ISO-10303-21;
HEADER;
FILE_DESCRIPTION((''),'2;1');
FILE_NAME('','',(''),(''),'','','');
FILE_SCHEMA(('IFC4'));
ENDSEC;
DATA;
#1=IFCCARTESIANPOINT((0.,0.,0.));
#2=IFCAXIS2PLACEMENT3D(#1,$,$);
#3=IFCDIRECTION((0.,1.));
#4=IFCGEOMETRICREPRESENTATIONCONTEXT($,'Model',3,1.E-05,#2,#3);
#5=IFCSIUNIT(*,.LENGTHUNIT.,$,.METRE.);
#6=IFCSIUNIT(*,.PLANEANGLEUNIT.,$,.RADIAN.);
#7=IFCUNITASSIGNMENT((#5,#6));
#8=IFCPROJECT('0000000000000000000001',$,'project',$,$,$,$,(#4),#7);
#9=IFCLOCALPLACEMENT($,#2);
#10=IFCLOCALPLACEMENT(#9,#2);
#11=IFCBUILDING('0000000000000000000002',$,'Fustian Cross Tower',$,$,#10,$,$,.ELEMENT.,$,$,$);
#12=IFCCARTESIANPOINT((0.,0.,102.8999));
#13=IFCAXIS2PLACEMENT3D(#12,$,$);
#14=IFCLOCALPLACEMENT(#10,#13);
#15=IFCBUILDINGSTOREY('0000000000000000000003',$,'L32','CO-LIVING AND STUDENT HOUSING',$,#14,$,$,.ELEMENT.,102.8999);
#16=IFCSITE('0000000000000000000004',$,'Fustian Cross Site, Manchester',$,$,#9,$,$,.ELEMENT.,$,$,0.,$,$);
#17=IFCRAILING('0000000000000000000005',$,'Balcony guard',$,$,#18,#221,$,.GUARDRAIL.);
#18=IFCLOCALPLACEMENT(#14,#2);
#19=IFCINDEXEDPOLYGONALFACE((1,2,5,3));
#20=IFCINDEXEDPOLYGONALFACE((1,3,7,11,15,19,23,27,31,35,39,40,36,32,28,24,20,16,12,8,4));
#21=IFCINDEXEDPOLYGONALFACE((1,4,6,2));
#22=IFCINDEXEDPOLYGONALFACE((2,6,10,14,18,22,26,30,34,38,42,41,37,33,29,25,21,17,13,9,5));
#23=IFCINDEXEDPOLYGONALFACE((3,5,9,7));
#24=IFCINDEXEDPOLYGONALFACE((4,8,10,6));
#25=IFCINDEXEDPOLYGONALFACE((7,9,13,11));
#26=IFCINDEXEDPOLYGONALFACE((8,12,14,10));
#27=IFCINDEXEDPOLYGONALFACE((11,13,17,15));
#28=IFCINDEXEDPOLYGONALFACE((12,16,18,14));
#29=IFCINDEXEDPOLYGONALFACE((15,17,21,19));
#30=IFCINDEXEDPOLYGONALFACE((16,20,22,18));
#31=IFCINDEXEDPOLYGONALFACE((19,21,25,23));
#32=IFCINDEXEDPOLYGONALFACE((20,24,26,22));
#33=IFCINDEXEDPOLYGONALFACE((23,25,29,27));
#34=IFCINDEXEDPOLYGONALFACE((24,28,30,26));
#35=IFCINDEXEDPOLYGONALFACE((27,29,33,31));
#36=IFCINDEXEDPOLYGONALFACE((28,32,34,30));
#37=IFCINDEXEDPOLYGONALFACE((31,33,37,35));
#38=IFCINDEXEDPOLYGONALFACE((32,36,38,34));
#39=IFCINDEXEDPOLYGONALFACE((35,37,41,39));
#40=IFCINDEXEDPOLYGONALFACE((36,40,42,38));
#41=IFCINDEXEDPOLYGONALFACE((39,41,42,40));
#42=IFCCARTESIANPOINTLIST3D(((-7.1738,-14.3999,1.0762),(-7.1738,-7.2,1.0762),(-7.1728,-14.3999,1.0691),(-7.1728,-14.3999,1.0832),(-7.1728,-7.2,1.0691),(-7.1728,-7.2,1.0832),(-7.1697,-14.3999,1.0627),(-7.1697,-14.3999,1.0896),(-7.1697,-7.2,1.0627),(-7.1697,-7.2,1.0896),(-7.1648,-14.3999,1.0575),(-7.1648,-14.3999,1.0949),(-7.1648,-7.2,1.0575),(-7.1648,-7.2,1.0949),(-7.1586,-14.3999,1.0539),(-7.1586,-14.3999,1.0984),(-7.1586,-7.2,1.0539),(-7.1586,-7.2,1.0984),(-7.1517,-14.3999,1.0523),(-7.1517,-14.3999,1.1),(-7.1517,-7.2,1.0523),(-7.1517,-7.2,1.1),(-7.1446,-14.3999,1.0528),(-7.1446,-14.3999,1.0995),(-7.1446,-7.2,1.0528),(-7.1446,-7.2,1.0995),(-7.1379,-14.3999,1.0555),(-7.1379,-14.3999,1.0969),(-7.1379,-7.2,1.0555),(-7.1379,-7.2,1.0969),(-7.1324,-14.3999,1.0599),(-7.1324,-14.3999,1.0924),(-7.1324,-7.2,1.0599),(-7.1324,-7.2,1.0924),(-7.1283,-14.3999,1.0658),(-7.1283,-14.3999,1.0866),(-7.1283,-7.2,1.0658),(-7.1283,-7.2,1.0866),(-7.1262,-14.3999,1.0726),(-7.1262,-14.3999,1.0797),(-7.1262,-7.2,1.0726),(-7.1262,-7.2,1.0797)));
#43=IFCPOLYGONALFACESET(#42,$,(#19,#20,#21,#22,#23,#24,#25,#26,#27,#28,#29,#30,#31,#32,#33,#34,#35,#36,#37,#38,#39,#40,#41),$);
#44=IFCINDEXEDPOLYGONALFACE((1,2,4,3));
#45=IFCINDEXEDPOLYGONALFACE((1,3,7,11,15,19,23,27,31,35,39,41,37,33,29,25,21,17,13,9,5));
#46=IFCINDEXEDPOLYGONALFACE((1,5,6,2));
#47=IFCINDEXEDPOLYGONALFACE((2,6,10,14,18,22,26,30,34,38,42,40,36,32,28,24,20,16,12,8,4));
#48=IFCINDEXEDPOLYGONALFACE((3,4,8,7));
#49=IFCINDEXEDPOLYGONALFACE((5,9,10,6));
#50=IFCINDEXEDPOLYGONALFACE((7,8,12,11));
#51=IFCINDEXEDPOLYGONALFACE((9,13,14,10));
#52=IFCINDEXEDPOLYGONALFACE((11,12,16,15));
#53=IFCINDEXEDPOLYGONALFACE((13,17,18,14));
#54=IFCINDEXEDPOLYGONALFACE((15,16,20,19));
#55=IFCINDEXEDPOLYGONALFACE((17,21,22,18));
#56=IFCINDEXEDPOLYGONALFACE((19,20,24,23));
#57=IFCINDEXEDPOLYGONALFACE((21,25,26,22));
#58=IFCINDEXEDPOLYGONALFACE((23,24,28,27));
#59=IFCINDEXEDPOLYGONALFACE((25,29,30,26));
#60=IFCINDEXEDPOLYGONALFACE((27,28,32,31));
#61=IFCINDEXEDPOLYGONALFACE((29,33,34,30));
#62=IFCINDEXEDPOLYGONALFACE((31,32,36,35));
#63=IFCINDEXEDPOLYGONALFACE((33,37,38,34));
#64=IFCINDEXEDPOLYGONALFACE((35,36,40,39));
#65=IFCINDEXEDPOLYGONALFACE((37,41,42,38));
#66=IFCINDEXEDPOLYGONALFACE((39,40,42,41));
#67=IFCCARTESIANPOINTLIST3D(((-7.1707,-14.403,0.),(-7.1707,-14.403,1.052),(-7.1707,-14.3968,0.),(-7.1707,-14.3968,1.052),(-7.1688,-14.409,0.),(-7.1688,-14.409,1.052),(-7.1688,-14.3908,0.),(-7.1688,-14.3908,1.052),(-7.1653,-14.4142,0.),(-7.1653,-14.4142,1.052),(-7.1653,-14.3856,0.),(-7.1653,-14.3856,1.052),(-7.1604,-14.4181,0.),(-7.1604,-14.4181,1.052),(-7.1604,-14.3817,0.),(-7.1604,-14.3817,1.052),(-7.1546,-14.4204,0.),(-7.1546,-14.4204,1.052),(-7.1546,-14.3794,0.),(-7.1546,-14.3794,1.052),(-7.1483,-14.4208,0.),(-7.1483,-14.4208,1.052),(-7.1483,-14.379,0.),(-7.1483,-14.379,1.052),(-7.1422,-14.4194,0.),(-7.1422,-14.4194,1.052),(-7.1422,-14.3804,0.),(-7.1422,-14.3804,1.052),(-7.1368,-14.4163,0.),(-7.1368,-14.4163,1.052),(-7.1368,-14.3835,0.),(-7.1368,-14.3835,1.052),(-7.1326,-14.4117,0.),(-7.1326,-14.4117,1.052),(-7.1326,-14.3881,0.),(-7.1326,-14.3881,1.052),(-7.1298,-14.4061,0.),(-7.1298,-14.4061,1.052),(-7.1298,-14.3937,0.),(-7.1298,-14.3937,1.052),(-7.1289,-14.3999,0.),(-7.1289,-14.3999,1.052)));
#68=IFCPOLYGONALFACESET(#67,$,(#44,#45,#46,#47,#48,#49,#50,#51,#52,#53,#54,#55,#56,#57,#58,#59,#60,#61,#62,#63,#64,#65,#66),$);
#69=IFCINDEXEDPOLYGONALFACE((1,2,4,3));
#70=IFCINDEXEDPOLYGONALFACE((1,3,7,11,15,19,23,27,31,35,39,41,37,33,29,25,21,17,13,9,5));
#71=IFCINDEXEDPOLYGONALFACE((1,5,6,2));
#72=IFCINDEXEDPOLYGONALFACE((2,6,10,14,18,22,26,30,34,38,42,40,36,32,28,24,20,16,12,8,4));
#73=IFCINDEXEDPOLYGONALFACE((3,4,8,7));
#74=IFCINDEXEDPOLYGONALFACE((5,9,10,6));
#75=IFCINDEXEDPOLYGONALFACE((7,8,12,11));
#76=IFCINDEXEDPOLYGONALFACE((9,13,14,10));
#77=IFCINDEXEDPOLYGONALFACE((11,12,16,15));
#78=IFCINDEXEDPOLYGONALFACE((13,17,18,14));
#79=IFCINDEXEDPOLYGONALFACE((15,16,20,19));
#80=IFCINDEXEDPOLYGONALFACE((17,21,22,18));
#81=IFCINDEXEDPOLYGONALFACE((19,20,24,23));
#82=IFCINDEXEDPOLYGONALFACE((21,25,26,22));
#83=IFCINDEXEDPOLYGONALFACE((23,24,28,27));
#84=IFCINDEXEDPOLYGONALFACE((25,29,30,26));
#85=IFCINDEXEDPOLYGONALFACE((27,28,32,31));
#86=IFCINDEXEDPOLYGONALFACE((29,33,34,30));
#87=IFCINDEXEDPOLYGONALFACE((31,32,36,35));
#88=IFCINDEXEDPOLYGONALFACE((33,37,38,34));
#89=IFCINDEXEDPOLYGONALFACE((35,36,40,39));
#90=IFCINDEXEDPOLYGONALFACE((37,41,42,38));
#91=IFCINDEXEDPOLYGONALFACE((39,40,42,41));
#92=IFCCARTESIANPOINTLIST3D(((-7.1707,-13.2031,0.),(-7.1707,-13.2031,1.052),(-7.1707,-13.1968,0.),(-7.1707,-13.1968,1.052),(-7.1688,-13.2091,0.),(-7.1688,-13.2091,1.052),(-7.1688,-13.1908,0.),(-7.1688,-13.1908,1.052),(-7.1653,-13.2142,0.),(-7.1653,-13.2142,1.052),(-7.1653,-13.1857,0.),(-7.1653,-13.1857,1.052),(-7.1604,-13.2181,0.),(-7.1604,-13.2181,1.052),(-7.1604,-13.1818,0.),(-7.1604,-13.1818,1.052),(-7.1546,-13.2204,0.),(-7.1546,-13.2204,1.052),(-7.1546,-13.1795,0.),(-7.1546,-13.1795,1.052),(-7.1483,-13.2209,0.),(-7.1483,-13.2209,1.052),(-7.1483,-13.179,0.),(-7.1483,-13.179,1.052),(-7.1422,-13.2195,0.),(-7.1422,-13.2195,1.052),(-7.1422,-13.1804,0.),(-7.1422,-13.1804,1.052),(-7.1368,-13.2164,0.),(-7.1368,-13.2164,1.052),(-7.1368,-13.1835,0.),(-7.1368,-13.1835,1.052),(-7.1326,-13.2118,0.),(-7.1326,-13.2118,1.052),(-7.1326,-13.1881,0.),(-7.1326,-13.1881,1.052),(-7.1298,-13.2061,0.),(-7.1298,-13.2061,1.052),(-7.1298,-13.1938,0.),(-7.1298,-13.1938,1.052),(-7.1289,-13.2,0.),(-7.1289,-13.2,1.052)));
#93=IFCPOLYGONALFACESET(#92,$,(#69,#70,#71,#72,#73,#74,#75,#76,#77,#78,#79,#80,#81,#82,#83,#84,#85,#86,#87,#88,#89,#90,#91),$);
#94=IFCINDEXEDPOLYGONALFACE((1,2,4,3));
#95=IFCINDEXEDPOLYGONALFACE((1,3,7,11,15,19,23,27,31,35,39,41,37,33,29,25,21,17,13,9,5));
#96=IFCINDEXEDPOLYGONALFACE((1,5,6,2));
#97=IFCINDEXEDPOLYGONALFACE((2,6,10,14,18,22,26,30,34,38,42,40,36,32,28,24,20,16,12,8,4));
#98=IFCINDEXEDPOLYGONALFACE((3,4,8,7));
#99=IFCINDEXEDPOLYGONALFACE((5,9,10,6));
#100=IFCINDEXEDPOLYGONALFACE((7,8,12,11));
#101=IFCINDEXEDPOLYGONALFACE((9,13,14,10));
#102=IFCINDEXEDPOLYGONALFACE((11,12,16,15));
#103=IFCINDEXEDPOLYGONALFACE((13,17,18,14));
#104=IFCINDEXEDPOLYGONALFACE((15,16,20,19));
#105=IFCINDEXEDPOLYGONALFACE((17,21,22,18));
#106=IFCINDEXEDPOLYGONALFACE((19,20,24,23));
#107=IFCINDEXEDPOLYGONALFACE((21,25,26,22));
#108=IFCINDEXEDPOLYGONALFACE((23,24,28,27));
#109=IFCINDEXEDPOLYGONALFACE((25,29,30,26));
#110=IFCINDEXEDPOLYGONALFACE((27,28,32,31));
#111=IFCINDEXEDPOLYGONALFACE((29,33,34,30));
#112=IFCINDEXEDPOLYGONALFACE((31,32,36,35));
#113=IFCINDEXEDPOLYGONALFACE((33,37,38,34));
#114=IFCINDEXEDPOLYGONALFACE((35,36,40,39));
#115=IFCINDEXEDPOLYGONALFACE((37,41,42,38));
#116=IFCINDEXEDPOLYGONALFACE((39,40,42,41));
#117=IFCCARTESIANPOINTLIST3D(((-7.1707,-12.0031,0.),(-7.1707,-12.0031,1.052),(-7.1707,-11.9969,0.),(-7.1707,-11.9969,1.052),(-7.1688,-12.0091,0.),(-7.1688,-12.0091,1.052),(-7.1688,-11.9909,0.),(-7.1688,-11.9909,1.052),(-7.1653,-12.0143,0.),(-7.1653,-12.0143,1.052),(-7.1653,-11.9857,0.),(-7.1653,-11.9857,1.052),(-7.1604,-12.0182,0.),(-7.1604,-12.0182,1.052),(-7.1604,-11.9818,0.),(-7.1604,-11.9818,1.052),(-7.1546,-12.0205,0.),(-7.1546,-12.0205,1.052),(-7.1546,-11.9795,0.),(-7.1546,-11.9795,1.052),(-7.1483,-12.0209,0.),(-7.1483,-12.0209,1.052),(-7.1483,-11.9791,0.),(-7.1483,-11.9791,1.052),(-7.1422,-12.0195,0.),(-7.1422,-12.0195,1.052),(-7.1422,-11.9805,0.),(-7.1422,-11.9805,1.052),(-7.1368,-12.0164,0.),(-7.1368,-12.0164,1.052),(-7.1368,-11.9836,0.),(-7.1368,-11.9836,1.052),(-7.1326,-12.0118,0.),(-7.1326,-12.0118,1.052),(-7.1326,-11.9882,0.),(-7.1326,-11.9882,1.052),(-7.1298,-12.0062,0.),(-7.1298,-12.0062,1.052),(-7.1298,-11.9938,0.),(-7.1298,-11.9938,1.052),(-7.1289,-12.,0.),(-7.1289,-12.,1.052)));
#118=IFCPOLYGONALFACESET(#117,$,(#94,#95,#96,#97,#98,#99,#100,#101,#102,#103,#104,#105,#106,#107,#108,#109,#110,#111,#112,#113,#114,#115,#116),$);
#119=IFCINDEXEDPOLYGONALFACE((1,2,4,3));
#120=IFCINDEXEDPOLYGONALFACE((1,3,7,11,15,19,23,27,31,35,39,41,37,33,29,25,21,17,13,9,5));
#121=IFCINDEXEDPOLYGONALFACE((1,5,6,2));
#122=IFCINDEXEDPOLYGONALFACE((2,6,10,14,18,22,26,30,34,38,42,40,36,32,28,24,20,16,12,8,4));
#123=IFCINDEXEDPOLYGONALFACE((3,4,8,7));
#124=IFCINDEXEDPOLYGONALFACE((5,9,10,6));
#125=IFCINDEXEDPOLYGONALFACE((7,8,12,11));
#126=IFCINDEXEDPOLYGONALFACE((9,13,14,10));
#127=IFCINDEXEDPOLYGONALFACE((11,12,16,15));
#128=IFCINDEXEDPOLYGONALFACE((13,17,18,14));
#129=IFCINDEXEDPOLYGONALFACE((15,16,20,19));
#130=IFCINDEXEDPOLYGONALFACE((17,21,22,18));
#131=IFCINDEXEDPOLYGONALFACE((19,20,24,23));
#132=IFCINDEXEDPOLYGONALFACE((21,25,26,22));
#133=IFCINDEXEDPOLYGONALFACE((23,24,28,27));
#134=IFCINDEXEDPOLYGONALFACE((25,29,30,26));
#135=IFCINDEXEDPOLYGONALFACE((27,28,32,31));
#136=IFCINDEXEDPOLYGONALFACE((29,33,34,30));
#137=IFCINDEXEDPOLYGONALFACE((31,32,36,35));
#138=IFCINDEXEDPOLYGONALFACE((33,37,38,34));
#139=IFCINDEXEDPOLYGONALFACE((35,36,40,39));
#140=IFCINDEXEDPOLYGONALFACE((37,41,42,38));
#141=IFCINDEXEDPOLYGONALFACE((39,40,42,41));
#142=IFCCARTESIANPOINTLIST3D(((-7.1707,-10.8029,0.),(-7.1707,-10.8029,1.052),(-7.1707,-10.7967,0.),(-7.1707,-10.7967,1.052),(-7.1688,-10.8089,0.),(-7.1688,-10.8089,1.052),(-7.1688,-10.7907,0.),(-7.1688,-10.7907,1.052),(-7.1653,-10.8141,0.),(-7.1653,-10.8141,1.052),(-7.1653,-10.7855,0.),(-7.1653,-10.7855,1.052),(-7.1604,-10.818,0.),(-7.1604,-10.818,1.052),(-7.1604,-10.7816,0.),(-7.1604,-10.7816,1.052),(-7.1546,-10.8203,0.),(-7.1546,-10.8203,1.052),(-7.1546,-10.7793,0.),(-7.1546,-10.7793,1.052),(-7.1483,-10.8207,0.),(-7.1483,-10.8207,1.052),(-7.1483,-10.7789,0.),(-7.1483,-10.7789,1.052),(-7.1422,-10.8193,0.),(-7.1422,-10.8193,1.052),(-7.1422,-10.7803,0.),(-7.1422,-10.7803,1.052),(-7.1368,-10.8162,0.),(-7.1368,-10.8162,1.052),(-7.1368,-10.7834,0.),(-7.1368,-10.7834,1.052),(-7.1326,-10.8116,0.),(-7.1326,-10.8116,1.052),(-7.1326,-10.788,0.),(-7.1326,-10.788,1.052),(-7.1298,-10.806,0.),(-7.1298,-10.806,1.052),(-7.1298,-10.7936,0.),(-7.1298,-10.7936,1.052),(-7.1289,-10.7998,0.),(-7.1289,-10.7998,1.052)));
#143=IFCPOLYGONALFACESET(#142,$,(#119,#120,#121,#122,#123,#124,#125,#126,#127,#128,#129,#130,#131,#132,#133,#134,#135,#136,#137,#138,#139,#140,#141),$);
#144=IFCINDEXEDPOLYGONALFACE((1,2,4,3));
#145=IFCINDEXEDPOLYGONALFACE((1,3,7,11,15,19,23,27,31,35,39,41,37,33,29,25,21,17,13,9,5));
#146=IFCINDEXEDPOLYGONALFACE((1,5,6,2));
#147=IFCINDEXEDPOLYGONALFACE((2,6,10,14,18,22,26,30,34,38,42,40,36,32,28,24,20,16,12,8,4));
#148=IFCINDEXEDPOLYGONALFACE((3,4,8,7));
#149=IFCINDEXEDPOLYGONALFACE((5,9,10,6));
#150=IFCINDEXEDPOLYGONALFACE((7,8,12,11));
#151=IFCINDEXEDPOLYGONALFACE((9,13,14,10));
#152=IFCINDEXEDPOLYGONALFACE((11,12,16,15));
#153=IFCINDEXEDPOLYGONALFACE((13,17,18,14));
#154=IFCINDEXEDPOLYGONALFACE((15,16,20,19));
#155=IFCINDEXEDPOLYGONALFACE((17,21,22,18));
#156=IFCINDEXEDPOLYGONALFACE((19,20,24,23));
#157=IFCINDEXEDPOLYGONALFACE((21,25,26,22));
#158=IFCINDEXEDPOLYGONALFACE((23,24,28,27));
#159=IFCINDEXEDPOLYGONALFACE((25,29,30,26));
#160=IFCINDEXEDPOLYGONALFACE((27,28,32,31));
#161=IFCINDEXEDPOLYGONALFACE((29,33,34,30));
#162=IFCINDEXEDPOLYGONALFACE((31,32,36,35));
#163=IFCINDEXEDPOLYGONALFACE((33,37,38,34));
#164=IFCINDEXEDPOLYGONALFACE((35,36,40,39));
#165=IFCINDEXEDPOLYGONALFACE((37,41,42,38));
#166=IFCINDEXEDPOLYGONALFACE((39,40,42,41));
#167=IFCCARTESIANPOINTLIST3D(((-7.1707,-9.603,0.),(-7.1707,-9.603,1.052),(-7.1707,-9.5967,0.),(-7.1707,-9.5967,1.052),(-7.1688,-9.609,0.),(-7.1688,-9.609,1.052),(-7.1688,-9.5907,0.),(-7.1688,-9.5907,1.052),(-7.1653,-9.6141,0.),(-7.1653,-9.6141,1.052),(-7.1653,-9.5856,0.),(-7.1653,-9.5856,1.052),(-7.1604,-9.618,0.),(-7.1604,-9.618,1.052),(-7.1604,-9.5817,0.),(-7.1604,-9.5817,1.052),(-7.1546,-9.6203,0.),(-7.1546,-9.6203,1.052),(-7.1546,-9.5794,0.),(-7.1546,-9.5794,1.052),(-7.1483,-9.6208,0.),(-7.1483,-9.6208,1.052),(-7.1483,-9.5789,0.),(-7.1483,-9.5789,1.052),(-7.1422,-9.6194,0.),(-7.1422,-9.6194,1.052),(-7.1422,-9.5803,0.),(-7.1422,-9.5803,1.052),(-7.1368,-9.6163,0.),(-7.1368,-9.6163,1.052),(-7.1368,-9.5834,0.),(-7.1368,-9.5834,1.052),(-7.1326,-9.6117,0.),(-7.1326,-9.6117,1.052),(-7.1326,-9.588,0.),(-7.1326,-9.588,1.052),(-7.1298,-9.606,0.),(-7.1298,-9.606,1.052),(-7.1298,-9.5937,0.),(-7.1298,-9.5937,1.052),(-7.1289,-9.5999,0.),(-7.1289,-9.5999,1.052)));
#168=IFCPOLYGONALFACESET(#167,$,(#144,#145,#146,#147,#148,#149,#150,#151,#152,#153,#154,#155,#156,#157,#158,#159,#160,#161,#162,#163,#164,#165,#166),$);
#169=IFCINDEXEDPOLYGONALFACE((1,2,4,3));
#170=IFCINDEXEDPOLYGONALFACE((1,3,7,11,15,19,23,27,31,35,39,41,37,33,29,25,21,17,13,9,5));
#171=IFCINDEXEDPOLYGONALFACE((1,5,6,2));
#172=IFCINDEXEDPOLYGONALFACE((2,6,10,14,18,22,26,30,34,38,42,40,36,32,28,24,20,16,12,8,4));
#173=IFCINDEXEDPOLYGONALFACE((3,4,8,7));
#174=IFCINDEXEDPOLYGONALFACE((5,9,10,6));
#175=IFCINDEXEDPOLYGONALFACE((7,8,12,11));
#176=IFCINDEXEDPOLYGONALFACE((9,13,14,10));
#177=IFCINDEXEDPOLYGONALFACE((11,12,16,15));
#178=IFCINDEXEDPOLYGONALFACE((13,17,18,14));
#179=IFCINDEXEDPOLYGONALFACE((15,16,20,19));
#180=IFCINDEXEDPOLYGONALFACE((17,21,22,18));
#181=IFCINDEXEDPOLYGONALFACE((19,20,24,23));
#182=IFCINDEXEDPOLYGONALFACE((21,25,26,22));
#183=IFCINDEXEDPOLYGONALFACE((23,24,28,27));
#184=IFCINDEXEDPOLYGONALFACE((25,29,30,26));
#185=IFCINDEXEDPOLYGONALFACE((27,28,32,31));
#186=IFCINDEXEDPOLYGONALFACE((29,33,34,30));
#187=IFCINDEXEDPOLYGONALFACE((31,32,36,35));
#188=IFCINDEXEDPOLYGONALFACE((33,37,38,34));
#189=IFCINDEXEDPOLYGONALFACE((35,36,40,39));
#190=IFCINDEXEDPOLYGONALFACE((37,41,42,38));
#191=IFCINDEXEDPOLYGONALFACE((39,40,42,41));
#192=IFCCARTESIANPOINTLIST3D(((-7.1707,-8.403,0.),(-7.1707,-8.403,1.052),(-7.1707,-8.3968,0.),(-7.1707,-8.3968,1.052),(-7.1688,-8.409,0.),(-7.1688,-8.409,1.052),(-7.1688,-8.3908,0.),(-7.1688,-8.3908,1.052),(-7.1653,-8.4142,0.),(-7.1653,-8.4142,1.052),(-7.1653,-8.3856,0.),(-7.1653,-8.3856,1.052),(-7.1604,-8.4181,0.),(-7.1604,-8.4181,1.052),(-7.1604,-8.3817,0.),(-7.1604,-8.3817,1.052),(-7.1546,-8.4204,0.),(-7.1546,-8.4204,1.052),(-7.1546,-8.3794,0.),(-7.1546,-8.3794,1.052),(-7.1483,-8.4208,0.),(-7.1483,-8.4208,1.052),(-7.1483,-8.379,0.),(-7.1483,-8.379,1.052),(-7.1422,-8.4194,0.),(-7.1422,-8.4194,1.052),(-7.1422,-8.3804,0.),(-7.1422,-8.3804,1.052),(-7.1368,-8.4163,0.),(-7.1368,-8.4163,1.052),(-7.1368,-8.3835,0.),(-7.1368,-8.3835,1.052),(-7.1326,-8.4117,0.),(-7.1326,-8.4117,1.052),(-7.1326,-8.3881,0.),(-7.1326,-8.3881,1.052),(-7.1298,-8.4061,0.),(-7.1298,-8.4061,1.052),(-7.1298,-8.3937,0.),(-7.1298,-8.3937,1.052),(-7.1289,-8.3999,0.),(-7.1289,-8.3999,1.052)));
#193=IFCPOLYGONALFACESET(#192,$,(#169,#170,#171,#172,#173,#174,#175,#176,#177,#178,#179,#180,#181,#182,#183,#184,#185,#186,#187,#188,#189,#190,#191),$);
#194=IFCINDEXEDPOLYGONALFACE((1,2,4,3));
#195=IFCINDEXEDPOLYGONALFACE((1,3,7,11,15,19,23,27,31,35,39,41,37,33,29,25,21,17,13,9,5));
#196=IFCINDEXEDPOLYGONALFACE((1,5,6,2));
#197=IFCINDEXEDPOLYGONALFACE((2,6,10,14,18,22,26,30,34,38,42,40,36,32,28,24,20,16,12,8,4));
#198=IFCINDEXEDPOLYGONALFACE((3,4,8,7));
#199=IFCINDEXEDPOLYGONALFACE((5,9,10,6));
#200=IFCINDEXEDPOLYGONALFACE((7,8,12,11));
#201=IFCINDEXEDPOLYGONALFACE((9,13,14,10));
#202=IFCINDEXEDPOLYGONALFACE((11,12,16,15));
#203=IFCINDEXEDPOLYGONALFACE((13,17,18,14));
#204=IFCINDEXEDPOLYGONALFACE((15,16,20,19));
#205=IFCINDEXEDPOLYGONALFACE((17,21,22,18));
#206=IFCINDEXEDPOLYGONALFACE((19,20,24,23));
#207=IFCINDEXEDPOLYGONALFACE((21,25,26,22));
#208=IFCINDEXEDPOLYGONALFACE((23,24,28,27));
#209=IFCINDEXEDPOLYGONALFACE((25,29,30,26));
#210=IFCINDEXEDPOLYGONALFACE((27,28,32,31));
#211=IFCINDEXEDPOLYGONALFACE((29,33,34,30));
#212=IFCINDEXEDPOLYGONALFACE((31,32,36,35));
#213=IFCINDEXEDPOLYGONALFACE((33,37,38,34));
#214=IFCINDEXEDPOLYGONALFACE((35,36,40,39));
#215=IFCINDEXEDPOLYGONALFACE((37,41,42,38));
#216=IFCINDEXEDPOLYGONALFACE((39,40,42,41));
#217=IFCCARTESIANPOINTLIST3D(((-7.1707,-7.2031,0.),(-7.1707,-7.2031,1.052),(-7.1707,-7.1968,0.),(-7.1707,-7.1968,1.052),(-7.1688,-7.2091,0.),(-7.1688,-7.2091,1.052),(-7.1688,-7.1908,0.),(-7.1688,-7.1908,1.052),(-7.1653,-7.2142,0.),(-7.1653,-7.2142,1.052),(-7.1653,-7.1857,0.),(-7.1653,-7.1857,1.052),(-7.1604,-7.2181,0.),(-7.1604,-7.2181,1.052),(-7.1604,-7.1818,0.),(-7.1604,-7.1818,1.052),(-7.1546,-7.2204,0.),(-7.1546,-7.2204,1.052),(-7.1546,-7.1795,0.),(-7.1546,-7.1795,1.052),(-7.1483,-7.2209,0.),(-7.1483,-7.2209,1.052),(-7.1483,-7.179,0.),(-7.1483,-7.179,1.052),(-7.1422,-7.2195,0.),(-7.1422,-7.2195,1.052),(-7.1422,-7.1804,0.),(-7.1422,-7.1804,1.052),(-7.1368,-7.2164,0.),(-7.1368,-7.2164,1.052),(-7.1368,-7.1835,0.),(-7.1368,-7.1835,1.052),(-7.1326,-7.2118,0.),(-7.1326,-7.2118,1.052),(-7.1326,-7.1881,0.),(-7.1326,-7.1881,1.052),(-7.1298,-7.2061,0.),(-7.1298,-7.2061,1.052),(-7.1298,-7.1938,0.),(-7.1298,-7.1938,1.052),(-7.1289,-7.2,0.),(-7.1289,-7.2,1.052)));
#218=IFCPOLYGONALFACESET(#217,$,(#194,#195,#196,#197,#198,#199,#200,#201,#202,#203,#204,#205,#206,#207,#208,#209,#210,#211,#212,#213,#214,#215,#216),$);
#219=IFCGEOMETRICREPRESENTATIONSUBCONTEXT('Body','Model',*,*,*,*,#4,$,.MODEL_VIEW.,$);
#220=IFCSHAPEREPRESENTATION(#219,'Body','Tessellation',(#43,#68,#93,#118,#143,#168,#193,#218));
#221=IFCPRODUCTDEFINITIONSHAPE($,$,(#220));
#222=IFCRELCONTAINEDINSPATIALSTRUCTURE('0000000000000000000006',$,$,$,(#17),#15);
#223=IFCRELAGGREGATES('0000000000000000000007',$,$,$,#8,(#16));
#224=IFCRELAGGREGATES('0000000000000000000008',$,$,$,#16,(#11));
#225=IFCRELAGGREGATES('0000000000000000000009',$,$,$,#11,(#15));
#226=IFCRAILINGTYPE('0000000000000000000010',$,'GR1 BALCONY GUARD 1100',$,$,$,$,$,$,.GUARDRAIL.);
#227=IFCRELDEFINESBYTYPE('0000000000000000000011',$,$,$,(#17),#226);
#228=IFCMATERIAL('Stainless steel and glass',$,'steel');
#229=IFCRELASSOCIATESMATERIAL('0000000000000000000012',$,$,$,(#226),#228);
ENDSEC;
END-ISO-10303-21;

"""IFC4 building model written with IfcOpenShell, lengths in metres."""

from ifc_helpers import new_model, si_unit, direction, frame, origin, origin_2d, place, context, subcontext, project, spatial, circle, extrude, material, type_object, element, save


model = new_model("IFC4")

# Units and contexts
model_context = context("Model", 3, precision=1e-05, world=origin(), true_north=direction((0.0, 1.0)))
body_context = subcontext(model_context, "Body", "Model", "MODEL_VIEW")
ifc_project = project(units=[si_unit("LENGTHUNIT", "METRE"), si_unit("PLANEANGLEUNIT", "RADIAN")], contexts=[model_context])

# Site, building, storey
site_placement = place(None, origin())
site = spatial("IfcSite", under=ifc_project, at=site_placement, Name="Fustian Cross Site, Manchester", CompositionType="ELEMENT", RefElevation=0.0)
building_placement = place(site_placement, origin())
building = spatial("IfcBuilding", under=site, at=building_placement, Name="Fustian Cross Tower", CompositionType="ELEMENT")
storey_placement = place(building_placement, frame((0.0, 0.0, 102.8999)))
storey = spatial("IfcBuildingStorey", under=building, at=storey_placement, Name="L32", Description="CO-LIVING AND STUDENT HOUSING", CompositionType="ELEMENT", Elevation=102.8999)

# Railing
ifc_material_1 = material(Name="Stainless steel and glass", Category="steel")
railing_type = type_object("IfcRailingType", Name="GR1 BALCONY GUARD 1100", PredefinedType="GUARDRAIL", material=ifc_material_1)
railing_placement = place(storey_placement, frame((-7.1499, -14.3999, 0.0)))
element("IfcRailing", 1, at=railing_placement, inside=storey, type_object=railing_type, Name="Balcony guard", PredefinedType="GUARDRAIL", context=body_context, shape_type="SweptSolid", body=[
    extrude(circle(Radius=0.0239, at=origin_2d()), frame((0.0, 0.0, 1.0762), z_axis=(0.0, 1.0, 0.0), x_axis=(-1.0, 0.0, 0.0)), (0.0, 0.0, 1.0), 7.2),
    extrude(circle(Radius=0.021, at=origin_2d()), origin(), (0.0, 0.0, 1.0), 1.052),
    extrude(circle(Radius=0.021, at=origin_2d()), frame((0.0, 1.2, 0.0)), (0.0, 0.0, 1.0), 1.052),
    extrude(circle(Radius=0.021, at=origin_2d()), frame((0.0, 2.3999, 0.0)), (0.0, 0.0, 1.0), 1.052),
    extrude(circle(Radius=0.021, at=origin_2d()), frame((0.0, 3.6001, 0.0)), (0.0, 0.0, 1.0), 1.052),
    extrude(circle(Radius=0.021, at=origin_2d()), frame((0.0, 4.8, 0.0)), (0.0, 0.0, 1.0), 1.052),
    extrude(circle(Radius=0.021, at=origin_2d()), frame((0.0, 6.0, 0.0)), (0.0, 0.0, 1.0), 1.052),
    extrude(circle(Radius=0.021, at=origin_2d()), frame((0.0, 7.2, 0.0)), (0.0, 0.0, 1.0), 1.052),
])

save(model, "model.ifc")
